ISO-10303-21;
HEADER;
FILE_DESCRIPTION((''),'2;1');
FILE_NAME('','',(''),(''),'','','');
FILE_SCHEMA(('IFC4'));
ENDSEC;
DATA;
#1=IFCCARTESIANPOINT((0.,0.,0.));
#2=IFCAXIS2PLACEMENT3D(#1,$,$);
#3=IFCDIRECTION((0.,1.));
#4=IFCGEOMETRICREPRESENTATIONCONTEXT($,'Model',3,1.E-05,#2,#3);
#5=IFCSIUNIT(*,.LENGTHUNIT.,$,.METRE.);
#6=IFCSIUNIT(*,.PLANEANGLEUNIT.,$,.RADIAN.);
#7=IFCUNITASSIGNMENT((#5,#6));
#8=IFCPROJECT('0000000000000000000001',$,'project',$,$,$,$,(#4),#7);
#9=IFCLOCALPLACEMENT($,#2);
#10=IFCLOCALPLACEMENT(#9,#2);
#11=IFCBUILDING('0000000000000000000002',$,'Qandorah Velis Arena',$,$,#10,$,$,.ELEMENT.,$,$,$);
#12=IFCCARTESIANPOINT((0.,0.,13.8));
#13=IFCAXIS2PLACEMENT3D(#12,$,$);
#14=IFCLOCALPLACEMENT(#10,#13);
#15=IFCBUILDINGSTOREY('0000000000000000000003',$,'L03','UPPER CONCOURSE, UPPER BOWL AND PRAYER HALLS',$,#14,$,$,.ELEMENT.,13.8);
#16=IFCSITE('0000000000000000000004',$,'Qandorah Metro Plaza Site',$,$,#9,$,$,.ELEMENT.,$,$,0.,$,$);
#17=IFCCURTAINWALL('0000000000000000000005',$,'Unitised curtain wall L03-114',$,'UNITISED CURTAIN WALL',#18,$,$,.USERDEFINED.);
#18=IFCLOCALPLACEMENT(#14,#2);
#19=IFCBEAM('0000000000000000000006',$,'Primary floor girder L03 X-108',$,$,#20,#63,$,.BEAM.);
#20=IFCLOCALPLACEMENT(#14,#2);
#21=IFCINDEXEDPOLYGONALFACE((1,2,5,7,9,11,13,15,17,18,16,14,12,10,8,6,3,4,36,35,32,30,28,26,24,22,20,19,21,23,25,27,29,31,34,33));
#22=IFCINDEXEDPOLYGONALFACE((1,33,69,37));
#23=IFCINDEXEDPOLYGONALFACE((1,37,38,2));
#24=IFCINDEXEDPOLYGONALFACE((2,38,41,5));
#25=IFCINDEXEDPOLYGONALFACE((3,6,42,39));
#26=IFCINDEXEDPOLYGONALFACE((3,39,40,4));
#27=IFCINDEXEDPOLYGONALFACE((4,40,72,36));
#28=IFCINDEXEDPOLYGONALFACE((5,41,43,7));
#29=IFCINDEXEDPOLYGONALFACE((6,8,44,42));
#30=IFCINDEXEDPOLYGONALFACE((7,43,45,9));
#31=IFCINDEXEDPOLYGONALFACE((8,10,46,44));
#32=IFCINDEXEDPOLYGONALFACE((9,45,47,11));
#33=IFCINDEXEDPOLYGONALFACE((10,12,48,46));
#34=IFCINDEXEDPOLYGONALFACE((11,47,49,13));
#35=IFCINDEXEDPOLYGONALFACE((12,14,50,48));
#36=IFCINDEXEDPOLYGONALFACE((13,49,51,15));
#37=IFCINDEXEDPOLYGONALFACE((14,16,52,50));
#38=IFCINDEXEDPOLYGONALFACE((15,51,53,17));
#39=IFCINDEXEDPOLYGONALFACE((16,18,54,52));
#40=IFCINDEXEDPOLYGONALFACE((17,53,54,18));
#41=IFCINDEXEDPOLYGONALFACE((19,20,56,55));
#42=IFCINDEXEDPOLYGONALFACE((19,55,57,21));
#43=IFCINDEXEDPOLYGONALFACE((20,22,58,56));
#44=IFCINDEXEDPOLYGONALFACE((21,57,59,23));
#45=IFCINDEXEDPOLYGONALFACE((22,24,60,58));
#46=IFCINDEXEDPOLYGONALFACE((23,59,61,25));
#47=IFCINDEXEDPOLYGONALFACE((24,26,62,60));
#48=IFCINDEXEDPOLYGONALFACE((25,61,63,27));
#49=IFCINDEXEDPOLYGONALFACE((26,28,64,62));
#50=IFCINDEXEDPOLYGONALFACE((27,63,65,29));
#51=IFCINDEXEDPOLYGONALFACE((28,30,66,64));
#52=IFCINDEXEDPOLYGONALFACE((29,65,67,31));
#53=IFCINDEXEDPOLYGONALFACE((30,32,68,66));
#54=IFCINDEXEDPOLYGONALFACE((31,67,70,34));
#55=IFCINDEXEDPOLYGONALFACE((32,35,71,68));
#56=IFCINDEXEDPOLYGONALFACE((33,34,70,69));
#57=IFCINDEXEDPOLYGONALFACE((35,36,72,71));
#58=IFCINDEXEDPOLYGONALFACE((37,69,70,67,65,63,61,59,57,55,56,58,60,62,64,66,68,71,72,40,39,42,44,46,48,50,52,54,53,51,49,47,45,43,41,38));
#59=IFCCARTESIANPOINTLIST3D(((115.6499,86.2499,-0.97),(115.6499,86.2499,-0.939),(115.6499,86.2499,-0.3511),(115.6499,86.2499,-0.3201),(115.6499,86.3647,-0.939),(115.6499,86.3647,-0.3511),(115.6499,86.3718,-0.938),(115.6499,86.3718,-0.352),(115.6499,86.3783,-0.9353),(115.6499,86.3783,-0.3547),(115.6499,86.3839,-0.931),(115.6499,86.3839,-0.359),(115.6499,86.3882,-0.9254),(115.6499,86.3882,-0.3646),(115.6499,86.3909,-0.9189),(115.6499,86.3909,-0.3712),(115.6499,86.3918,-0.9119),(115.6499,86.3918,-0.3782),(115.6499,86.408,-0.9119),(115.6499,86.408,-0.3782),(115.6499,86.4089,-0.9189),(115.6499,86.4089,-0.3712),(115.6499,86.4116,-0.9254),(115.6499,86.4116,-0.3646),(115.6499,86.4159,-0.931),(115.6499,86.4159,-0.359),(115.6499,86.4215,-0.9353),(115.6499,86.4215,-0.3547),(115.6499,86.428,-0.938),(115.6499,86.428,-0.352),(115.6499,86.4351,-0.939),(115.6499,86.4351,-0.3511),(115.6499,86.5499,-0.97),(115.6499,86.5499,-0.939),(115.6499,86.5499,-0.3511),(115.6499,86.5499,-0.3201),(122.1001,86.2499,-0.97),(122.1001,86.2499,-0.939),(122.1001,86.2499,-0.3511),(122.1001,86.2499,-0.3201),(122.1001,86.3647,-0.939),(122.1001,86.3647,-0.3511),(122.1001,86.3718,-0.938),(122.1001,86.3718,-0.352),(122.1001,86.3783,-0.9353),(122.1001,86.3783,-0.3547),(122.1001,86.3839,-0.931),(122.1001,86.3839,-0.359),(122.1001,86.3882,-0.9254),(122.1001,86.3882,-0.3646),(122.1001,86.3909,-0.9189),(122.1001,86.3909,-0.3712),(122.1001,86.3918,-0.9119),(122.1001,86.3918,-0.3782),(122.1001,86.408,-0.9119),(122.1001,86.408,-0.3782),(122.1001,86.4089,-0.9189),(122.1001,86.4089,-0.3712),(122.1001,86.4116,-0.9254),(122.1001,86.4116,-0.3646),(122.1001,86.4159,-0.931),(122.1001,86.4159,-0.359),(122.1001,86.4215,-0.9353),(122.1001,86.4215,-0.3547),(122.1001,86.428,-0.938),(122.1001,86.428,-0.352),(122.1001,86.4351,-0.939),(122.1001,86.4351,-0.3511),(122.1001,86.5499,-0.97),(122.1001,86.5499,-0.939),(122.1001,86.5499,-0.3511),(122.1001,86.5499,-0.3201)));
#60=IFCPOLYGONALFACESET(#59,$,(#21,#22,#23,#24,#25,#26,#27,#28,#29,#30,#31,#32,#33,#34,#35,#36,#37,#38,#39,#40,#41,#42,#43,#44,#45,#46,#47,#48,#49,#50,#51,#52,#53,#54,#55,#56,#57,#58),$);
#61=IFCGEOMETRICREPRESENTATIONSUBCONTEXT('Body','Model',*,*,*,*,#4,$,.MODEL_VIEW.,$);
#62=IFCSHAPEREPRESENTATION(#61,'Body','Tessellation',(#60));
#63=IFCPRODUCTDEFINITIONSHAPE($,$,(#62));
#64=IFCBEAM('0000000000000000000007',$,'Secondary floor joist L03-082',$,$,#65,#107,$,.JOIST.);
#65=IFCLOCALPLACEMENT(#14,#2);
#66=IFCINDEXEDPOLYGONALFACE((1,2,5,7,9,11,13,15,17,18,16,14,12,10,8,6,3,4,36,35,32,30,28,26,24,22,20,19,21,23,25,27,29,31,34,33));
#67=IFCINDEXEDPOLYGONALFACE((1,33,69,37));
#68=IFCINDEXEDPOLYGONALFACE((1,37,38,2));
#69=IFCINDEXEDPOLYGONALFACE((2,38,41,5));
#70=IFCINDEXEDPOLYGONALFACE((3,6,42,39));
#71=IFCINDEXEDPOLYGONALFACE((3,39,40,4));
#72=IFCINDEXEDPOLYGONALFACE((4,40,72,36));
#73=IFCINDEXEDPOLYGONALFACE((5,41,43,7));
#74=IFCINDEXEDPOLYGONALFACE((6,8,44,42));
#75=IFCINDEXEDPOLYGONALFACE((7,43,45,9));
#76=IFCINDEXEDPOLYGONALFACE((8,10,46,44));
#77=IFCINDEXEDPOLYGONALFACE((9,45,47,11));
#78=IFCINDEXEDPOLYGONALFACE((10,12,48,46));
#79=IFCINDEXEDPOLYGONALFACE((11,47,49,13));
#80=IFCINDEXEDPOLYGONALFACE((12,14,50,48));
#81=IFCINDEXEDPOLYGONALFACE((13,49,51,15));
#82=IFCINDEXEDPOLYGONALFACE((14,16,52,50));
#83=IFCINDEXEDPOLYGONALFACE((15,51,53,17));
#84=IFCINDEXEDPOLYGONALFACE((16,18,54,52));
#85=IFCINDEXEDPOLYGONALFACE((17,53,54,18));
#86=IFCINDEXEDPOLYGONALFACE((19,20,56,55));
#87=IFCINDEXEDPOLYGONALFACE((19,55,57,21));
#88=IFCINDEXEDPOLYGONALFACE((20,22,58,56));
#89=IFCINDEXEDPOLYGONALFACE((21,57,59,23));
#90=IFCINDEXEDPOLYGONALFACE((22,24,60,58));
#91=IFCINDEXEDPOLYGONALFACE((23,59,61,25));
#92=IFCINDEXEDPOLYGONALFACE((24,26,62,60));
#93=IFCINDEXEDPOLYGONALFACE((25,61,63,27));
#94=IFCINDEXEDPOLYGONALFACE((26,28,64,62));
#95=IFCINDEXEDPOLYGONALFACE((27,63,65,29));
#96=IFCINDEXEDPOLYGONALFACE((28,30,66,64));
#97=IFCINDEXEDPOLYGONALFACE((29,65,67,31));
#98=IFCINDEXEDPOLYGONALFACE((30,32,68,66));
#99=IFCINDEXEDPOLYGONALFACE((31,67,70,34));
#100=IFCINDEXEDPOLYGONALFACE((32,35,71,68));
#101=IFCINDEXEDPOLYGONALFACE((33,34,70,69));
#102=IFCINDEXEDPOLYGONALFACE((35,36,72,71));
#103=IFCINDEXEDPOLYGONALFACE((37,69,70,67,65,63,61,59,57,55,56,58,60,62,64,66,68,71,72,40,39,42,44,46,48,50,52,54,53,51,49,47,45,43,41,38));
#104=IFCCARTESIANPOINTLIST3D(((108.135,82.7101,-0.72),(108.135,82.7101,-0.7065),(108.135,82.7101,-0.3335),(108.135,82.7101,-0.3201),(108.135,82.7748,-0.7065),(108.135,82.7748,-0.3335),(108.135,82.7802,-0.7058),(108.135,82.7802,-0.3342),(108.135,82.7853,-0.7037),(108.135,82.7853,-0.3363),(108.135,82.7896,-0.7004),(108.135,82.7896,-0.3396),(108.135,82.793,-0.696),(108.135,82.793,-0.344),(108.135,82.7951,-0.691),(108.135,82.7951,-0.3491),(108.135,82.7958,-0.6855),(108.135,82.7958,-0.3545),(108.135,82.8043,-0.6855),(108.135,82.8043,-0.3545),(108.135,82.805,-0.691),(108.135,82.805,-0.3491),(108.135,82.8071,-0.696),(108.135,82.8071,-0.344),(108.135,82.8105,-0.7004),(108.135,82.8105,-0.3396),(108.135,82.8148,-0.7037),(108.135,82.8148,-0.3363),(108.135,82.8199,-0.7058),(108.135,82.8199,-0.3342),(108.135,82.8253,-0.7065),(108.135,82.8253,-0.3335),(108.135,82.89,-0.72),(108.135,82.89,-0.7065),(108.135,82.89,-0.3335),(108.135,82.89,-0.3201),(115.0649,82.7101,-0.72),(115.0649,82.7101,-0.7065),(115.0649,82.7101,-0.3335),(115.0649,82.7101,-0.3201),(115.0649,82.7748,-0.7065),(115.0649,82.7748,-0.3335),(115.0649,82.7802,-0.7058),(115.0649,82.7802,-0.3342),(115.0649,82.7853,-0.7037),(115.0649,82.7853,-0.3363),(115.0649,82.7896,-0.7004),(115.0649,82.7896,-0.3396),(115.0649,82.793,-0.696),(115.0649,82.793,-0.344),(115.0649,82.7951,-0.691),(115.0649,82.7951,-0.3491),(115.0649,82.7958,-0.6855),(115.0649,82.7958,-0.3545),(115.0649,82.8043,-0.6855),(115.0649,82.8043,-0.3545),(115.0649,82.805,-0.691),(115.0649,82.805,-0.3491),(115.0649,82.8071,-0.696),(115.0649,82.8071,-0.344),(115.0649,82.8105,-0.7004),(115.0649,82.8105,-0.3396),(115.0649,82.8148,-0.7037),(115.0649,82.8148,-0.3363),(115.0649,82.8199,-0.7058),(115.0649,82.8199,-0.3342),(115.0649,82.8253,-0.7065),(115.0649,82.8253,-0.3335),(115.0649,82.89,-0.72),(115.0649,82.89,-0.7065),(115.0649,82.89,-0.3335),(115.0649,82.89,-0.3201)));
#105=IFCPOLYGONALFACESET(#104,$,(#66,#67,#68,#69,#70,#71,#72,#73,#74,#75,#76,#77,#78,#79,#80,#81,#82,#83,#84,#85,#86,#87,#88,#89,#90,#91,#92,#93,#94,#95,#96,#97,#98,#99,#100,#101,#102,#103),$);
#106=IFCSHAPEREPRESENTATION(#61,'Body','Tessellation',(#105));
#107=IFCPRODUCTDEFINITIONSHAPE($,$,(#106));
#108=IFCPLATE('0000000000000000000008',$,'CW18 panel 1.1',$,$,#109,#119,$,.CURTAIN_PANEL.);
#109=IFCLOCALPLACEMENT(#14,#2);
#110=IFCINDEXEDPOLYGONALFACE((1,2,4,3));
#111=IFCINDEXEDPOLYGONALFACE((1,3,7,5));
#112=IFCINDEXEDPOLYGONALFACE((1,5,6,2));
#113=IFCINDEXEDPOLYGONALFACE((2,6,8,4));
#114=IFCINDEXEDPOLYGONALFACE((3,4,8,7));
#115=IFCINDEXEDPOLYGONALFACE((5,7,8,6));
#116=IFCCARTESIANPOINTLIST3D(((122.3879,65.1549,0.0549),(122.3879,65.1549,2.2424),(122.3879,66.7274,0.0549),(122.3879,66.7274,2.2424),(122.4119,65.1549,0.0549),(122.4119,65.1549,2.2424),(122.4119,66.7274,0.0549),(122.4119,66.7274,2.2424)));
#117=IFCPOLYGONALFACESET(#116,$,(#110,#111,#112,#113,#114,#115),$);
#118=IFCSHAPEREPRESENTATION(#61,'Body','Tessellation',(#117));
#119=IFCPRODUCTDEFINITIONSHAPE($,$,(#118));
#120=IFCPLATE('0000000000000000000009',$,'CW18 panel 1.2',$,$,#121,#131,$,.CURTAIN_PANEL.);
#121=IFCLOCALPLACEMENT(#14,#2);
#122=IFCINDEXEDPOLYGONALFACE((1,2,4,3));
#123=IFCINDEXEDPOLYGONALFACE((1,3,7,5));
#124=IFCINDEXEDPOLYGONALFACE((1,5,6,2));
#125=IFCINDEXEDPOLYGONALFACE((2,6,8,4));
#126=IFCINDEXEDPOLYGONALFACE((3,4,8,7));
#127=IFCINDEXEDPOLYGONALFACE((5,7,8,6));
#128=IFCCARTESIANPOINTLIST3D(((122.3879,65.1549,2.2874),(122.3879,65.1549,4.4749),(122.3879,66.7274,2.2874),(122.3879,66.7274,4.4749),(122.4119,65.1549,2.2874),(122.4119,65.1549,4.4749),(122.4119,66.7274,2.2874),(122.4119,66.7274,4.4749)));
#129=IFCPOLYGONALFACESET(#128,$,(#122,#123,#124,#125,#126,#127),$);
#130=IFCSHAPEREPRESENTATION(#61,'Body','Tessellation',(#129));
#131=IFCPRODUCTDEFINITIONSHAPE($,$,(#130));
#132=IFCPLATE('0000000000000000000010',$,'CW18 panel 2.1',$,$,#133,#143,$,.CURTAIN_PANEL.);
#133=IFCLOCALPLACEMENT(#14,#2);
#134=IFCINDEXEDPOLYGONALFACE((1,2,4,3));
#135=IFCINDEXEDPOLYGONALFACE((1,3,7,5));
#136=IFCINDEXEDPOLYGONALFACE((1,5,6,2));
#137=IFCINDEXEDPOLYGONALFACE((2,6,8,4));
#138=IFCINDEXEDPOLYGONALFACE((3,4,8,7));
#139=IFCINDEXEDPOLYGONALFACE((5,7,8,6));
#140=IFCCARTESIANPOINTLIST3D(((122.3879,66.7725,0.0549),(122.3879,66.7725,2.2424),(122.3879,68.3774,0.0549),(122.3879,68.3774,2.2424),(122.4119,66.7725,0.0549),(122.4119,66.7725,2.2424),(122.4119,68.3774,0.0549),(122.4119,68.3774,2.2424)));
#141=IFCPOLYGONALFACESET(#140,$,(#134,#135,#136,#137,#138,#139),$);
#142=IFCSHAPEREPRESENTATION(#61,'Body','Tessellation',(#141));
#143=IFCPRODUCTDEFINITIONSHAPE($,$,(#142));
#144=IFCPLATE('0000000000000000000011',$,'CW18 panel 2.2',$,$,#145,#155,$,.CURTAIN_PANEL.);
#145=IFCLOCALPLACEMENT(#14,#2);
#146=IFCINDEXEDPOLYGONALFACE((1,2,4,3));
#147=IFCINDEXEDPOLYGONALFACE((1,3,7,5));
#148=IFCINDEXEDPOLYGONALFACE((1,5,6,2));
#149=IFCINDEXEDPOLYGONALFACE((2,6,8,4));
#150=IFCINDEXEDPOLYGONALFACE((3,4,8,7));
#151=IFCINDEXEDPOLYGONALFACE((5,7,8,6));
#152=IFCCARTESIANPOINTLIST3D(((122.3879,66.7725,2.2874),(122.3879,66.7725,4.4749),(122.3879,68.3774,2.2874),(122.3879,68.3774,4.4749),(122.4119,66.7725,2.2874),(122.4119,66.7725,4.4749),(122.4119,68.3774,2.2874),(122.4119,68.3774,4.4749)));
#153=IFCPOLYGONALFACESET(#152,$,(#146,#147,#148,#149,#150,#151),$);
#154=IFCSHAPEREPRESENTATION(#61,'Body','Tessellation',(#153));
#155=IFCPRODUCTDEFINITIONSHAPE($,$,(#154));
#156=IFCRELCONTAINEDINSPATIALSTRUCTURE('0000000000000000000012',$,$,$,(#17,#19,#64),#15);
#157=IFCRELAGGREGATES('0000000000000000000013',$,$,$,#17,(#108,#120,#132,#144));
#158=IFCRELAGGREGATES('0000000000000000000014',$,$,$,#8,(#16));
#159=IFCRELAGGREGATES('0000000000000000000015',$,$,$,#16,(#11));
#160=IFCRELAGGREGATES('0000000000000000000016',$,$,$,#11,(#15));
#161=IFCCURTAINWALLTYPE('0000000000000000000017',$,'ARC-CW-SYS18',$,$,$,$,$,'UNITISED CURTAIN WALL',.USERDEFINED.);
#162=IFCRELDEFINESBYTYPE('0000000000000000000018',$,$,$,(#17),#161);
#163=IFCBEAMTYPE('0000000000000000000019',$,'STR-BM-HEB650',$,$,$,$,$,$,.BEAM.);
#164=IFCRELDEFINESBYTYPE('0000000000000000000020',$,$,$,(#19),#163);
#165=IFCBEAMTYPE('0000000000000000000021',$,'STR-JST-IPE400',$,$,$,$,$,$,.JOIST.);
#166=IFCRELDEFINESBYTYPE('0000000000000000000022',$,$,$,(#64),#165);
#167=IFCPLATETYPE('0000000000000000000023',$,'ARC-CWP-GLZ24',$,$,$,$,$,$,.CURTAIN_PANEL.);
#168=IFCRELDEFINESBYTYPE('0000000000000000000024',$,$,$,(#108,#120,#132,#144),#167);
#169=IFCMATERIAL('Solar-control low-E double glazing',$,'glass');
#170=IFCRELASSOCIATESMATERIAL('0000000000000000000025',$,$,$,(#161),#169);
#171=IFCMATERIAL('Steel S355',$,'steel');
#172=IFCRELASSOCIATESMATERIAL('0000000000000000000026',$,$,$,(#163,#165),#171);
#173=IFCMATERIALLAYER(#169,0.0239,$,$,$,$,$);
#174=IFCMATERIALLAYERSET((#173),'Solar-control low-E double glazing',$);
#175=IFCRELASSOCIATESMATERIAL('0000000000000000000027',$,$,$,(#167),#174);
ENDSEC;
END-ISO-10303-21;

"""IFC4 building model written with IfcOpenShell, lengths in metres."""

from ifc_helpers import new_model, si_unit, direction, frame, origin, origin_2d, place, context, subcontext, project, spatial, rectangle, i_section, extrude, material, layer, layer_set, material_profile, profile_set, type_object, element, aggregate, save


model = new_model("IFC4")

# Units and contexts
model_context = context("Model", 3, precision=1e-05, world=origin(), true_north=direction((0.0, 1.0)))
body_context = subcontext(model_context, "Body", "Model", "MODEL_VIEW")
ifc_project = project(units=[si_unit("LENGTHUNIT", "METRE"), si_unit("PLANEANGLEUNIT", "RADIAN")], contexts=[model_context])

# Site, building, storey
site_placement = place(None, origin())
site = spatial("IfcSite", under=ifc_project, at=site_placement, Name="Qandorah Metro Plaza Site", CompositionType="ELEMENT", RefElevation=0.0)
building_placement = place(site_placement, origin())
building = spatial("IfcBuilding", under=site, at=building_placement, Name="Qandorah Velis Arena", CompositionType="ELEMENT")
storey_placement = place(building_placement, frame((0.0, 0.0, 13.8)))
storey = spatial("IfcBuildingStorey", under=building, at=storey_placement, Name="L03", Description="UPPER CONCOURSE, UPPER BOWL AND PRAYER HALLS", CompositionType="ELEMENT", Elevation=13.8)

# Curtain wall
ifc_material_1 = material(Name="Solar-control low-E double glazing", Category="glass")
curtain_wall_type_1 = type_object("IfcCurtainWallType", Name="ARC-CW-SYS18", ElementType="UNITISED CURTAIN WALL", PredefinedType="USERDEFINED", material=ifc_material_1)
curtain_wall_1_placement = place(storey_placement, origin())
curtain_wall_1 = element("IfcCurtainWall", 1, at=curtain_wall_1_placement, inside=storey, type_object=curtain_wall_type_1, Name="Unitised curtain wall L03-114", ObjectType="UNITISED CURTAIN WALL", PredefinedType="USERDEFINED")

# Beams
ifc_material_2 = material(Name="Steel S355", Category="steel")
ifc_material_profile_1 = material_profile(ifc_material_2, i_section(OverallWidth=0.3, OverallDepth=0.6499, WebThickness=0.0161, FlangeThickness=0.031, FilletRadius=0.0271, at=origin_2d()), Name="HEB 650")
ifc_profile_set_1 = profile_set([ifc_material_profile_1], Name="Steel S355")
beam_type_1 = type_object("IfcBeamType", Name="STR-BM-HEB650", PredefinedType="BEAM", material=ifc_profile_set_1)
beam_1_placement = place(storey_placement, frame((115.6499, 86.3999, -0.645), z_axis=(1.0, 0.0, 0.0), x_axis=(0.0, 1.0, 0.0)))
element("IfcBeam", 2, at=beam_1_placement, inside=storey, type_object=beam_type_1, Name="Primary floor girder L03 X-108", PredefinedType="BEAM", context=body_context, shape_type="SweptSolid", body=[
    extrude(i_section(OverallWidth=0.3, OverallDepth=0.6499, WebThickness=0.0161, FlangeThickness=0.031, FilletRadius=0.0271, at=origin_2d()), origin(), (0.0, 0.0, 1.0), 6.4502),
])
ifc_material_profile_2 = material_profile(ifc_material_2, i_section(OverallWidth=0.1799, OverallDepth=0.3999, WebThickness=0.0085, FlangeThickness=0.0134, FilletRadius=0.021, at=origin_2d()), Name="IPE 400")
ifc_profile_set_2 = profile_set([ifc_material_profile_2], Name="Steel S355")
beam_type_2 = type_object("IfcBeamType", Name="STR-JST-IPE400", PredefinedType="JOIST", material=ifc_profile_set_2)
beam_2_placement = place(storey_placement, frame((108.135, 82.8, -0.52), z_axis=(1.0, 0.0, 0.0), x_axis=(0.0, 1.0, 0.0)))
element("IfcBeam", 3, at=beam_2_placement, inside=storey, type_object=beam_type_2, Name="Secondary floor joist L03-082", PredefinedType="JOIST", context=body_context, shape_type="SweptSolid", body=[
    extrude(i_section(OverallWidth=0.1799, OverallDepth=0.3999, WebThickness=0.0085, FlangeThickness=0.0134, FilletRadius=0.021, at=origin_2d()), origin(), (0.0, 0.0, 1.0), 6.9299),
])

# Plates
ifc_layer = layer(ifc_material_1, 0.0239)
ifc_layer_set = layer_set([ifc_layer], Name="Solar-control low-E double glazing")
plate_type = type_object("IfcPlateType", Name="ARC-CWP-GLZ24", PredefinedType="CURTAIN_PANEL", material=ifc_layer_set)
plate_1_placement = place(storey_placement, frame((122.3999, 65.9412, 0.0549), z_axis=(0.0, 0.0, 1.0), x_axis=(0.0, 1.0, 0.0)))
plate_1 = element("IfcPlate", 4, at=plate_1_placement, type_object=plate_type, Name="CW18 panel 1.1", PredefinedType="CURTAIN_PANEL", context=body_context, shape_type="SweptSolid", body=[
    extrude(rectangle(XDim=1.5725, YDim=0.0239, at=origin_2d()), origin(), (0.0, 0.0, 1.0), 2.1875),
])
plate_2_placement = place(storey_placement, frame((122.3999, 65.9412, 2.2874), z_axis=(0.0, 0.0, 1.0), x_axis=(0.0, 1.0, 0.0)))
plate_2 = element("IfcPlate", 5, at=plate_2_placement, type_object=plate_type, Name="CW18 panel 1.2", PredefinedType="CURTAIN_PANEL", context=body_context, shape_type="SweptSolid", body=[
    extrude(rectangle(XDim=1.5725, YDim=0.0239, at=origin_2d()), origin(), (0.0, 0.0, 1.0), 2.1875),
])
plate_3_placement = place(storey_placement, frame((122.3999, 67.575, 0.0549), z_axis=(0.0, 0.0, 1.0), x_axis=(0.0, 1.0, 0.0)))
plate_3 = element("IfcPlate", 6, at=plate_3_placement, type_object=plate_type, Name="CW18 panel 2.1", PredefinedType="CURTAIN_PANEL", context=body_context, shape_type="SweptSolid", body=[
    extrude(rectangle(XDim=1.605, YDim=0.0239, at=origin_2d()), origin(), (0.0, 0.0, 1.0), 2.1875),
])
plate_4_placement = place(storey_placement, frame((122.3999, 67.575, 2.2874), z_axis=(0.0, 0.0, 1.0), x_axis=(0.0, 1.0, 0.0)))
plate_4 = element("IfcPlate", 7, at=plate_4_placement, type_object=plate_type, Name="CW18 panel 2.2", PredefinedType="CURTAIN_PANEL", context=body_context, shape_type="SweptSolid", body=[
    extrude(rectangle(XDim=1.605, YDim=0.0239, at=origin_2d()), origin(), (0.0, 0.0, 1.0), 2.1875),
])
aggregate(curtain_wall_1, [plate_1, plate_2, plate_3, plate_4])

save(model, "model.ifc")
